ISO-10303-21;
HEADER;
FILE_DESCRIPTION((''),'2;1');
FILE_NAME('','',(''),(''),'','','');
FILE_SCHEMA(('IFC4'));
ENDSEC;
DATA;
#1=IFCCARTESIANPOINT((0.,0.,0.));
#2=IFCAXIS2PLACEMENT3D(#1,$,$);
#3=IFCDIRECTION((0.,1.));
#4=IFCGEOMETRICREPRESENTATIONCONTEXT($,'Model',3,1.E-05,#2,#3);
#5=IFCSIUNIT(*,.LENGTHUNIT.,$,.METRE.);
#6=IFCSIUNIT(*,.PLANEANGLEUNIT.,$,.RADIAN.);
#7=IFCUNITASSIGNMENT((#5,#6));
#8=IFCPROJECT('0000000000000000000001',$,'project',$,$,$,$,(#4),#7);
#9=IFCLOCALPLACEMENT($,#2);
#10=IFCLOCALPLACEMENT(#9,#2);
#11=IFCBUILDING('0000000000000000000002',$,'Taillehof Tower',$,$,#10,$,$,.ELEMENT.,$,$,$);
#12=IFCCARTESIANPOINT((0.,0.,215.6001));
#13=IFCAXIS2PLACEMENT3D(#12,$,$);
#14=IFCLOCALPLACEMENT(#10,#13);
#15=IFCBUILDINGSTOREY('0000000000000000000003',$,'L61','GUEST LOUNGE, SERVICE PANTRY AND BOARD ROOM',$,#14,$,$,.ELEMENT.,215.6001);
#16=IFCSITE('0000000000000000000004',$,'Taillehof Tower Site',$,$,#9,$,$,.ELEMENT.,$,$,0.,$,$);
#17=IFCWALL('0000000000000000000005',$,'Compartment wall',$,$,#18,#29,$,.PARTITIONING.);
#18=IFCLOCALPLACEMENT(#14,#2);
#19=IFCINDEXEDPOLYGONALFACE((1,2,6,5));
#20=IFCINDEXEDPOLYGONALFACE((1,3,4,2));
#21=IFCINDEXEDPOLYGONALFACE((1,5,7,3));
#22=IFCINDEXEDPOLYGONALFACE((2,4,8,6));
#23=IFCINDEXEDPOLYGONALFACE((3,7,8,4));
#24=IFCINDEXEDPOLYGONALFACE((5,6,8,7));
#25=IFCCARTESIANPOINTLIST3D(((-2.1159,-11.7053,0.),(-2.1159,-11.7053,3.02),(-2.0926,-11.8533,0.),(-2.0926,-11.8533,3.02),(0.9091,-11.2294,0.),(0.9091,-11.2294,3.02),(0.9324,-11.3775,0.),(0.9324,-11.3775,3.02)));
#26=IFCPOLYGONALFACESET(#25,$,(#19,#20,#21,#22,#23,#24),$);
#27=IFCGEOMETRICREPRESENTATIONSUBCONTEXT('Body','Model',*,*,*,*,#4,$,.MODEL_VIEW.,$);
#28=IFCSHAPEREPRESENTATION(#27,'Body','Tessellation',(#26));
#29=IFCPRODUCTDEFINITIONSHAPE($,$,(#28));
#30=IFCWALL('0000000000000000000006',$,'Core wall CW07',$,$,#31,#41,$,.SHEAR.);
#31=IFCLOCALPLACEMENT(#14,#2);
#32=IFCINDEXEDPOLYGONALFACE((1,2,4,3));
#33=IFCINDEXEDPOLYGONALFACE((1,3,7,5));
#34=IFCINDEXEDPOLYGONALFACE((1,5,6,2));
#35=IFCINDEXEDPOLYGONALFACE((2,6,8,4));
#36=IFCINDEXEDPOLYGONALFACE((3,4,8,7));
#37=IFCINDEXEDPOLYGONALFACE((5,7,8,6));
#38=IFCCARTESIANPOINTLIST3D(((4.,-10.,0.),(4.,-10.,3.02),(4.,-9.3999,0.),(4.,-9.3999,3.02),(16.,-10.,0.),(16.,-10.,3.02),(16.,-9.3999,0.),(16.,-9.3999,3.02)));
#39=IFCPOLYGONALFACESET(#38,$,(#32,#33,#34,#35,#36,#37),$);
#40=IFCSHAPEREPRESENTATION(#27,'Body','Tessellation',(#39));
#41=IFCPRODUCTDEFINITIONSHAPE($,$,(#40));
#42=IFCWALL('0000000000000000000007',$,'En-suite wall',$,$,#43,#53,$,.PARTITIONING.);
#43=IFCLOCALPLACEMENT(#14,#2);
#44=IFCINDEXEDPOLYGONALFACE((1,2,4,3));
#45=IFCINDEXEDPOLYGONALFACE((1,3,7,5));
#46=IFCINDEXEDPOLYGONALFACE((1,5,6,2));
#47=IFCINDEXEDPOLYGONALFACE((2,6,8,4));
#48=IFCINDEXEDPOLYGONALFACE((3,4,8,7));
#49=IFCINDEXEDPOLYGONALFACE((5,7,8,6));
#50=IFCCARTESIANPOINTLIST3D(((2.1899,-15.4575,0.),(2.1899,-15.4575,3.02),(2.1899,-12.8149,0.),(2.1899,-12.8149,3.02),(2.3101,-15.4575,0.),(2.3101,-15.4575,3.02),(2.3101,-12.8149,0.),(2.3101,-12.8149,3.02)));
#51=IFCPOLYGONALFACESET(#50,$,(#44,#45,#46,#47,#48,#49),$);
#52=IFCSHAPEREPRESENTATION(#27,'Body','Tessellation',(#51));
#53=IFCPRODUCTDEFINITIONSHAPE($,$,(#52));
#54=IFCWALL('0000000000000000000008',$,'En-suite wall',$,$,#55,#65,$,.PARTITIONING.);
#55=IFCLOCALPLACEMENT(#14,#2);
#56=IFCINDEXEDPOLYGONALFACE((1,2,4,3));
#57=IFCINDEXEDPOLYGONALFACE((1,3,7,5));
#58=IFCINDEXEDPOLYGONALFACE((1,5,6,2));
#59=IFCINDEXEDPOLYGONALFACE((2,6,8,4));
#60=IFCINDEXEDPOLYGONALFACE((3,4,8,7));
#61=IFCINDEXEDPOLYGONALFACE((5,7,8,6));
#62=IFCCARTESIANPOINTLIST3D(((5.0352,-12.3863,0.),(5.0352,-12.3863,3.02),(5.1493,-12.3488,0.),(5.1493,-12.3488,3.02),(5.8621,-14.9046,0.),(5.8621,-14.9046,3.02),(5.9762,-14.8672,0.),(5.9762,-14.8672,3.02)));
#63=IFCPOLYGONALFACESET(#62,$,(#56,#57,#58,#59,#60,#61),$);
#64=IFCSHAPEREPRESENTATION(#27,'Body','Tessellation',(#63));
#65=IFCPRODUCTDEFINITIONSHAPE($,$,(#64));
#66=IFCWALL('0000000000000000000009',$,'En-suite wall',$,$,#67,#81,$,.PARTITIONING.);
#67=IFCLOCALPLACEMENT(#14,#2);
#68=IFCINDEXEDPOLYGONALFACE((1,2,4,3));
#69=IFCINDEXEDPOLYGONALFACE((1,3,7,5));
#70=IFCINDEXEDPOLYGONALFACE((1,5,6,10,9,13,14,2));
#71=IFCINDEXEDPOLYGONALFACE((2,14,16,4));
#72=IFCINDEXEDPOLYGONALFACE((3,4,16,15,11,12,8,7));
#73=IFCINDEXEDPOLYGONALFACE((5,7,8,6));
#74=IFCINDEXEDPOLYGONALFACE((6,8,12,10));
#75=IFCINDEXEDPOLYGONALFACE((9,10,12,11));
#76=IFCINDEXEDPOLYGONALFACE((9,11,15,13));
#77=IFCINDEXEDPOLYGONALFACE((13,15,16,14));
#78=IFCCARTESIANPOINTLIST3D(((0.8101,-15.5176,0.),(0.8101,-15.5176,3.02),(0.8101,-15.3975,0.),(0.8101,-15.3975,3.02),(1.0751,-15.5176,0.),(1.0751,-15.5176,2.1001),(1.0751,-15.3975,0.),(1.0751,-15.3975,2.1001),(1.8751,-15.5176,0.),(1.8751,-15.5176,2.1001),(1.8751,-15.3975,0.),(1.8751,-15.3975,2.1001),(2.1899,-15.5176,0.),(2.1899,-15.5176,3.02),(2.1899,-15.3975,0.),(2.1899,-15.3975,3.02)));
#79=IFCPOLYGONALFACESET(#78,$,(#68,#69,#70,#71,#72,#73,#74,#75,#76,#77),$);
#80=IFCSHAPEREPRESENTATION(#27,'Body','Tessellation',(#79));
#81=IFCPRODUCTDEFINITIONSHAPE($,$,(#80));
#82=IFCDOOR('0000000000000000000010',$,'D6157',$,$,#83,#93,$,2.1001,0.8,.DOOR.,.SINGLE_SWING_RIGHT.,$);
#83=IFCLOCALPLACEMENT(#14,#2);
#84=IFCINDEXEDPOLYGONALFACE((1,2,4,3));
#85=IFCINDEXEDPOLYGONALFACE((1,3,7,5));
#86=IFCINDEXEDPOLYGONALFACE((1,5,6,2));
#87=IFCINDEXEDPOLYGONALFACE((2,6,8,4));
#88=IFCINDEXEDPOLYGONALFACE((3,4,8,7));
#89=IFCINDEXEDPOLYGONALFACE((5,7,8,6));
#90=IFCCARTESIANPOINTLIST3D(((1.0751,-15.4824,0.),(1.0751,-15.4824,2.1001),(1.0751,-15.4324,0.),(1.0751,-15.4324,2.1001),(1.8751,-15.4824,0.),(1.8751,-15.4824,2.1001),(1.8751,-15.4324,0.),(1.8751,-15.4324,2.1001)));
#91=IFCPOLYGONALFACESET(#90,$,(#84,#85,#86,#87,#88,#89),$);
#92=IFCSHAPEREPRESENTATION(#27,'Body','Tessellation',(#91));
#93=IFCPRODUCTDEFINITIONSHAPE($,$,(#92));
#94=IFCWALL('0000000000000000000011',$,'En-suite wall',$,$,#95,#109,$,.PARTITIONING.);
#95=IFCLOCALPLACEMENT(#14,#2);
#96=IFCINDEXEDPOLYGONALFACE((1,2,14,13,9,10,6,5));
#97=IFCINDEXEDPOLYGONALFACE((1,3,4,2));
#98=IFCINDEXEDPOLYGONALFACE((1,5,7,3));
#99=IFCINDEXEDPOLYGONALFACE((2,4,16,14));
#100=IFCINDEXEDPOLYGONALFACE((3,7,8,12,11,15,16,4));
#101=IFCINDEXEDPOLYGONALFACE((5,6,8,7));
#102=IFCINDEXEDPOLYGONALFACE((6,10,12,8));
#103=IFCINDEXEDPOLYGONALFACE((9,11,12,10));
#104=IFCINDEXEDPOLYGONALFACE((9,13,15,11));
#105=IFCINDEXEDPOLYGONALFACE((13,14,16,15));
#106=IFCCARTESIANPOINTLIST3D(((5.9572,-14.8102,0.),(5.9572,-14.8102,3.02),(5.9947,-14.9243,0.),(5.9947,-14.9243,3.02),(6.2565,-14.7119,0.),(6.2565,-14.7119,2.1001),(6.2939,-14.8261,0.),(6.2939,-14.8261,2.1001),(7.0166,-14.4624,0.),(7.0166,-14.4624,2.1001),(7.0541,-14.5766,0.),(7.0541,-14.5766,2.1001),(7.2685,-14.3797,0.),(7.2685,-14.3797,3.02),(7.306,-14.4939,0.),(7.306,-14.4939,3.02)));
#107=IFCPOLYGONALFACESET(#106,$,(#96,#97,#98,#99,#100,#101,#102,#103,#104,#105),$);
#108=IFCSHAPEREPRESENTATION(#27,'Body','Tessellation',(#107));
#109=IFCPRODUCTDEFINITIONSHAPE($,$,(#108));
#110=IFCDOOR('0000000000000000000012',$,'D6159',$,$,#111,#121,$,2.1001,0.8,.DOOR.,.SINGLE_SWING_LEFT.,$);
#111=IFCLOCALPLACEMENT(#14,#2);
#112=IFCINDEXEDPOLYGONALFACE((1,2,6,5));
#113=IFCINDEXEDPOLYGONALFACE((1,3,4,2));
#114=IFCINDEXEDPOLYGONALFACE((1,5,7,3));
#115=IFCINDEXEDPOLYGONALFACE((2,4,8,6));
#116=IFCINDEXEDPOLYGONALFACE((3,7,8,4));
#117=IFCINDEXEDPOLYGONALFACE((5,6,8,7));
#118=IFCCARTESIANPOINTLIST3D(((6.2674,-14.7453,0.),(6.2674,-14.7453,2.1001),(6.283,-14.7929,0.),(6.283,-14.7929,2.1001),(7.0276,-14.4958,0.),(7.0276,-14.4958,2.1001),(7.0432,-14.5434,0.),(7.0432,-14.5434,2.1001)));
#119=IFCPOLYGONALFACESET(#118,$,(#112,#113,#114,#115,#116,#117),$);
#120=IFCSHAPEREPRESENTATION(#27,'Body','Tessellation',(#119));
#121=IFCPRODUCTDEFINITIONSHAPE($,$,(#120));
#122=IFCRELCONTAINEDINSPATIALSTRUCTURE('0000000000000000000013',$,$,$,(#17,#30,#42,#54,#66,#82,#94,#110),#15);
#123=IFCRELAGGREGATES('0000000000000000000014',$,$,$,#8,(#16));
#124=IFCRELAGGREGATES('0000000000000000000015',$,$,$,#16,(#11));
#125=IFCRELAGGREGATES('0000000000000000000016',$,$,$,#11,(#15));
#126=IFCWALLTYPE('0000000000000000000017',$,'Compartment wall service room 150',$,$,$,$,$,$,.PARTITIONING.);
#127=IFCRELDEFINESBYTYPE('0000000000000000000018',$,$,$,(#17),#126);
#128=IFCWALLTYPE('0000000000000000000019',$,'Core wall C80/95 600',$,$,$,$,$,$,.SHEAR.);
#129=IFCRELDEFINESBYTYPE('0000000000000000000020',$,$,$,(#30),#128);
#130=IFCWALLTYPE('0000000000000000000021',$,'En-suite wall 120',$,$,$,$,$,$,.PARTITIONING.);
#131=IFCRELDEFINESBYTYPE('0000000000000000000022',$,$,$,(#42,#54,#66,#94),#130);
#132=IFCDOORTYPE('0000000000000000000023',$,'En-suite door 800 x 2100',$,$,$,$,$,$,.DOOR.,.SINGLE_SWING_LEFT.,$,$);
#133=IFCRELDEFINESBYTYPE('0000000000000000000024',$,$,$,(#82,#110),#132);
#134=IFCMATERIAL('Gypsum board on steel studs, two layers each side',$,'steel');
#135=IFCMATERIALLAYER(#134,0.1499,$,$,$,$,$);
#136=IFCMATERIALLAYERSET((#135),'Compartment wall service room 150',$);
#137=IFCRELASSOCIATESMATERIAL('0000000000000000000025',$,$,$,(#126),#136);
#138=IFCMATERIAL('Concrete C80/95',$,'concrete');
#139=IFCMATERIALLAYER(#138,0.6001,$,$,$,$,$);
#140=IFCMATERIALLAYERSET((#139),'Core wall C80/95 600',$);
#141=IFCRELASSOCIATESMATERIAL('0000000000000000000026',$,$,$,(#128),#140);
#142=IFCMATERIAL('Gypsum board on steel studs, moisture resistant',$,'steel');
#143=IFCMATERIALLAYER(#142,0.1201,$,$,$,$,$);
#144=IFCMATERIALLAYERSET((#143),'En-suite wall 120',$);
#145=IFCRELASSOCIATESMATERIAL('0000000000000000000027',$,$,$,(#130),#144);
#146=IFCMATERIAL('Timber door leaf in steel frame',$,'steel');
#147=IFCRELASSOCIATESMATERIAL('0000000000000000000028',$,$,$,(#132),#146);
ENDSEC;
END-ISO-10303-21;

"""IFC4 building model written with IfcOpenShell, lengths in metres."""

from ifc_helpers import new_model, si_unit, direction, frame, frame_2d, origin, place, context, subcontext, project, spatial, rectangle, extrude, material, layer, layer_set, type_object, element, fill, save


model = new_model("IFC4")

# Units and contexts
model_context = context("Model", 3, precision=1e-05, world=origin(), true_north=direction((0.0, 1.0)))
body_context = subcontext(model_context, "Body", "Model", "MODEL_VIEW")
ifc_project = project(units=[si_unit("LENGTHUNIT", "METRE"), si_unit("PLANEANGLEUNIT", "RADIAN")], contexts=[model_context])

# Site, building, storey
site_placement = place(None, origin())
site = spatial("IfcSite", under=ifc_project, at=site_placement, Name="Taillehof Tower Site", CompositionType="ELEMENT", RefElevation=0.0)
building_placement = place(site_placement, origin())
building = spatial("IfcBuilding", under=site, at=building_placement, Name="Taillehof Tower", CompositionType="ELEMENT")
storey_placement = place(building_placement, frame((0.0, 0.0, 215.6001)))
storey = spatial("IfcBuildingStorey", under=building, at=storey_placement, Name="L61", Description="GUEST LOUNGE, SERVICE PANTRY AND BOARD ROOM", CompositionType="ELEMENT", Elevation=215.6001)

# Walls
ifc_material_1 = material(Name="Gypsum board on steel studs, two layers each side", Category="steel")
ifc_layer_1 = layer(ifc_material_1, 0.1499)
ifc_layer_set_1 = layer_set([ifc_layer_1], Name="Compartment wall service room 150")
wall_type_1 = type_object("IfcWallType", Name="Compartment wall service room 150", PredefinedType="PARTITIONING", material=ifc_layer_set_1)
wall_1_placement = place(storey_placement, frame((0.9209, -11.3035, 0.0), z_axis=(0.0, 0.0, 1.0), x_axis=(-0.987855, -0.155381, 0.0)))
element("IfcWall", 1, at=wall_1_placement, inside=storey, type_object=wall_type_1, Name="Compartment wall", PredefinedType="PARTITIONING", context=body_context, shape_type="SweptSolid", body=[
    extrude(rectangle(XDim=3.0623, YDim=0.1499, at=frame_2d((1.5312, 0.0))), origin(), (0.0, 0.0, 1.0), 3.02),
])
ifc_material_2 = material(Name="Concrete C80/95", Category="concrete")
ifc_layer_2 = layer(ifc_material_2, 0.6001)
ifc_layer_set_2 = layer_set([ifc_layer_2], Name="Core wall C80/95 600")
wall_type_2 = type_object("IfcWallType", Name="Core wall C80/95 600", PredefinedType="SHEAR", material=ifc_layer_set_2)
wall_2_placement = place(storey_placement, frame((4.0, -9.7, 0.0), z_axis=(0.0, 0.0, 1.0), x_axis=(1.0, 0.0, 0.0)))
element("IfcWall", 2, at=wall_2_placement, inside=storey, type_object=wall_type_2, Name="Core wall CW07", PredefinedType="SHEAR", context=body_context, shape_type="SweptSolid", body=[
    extrude(rectangle(XDim=12.0, YDim=0.6001, at=frame_2d((6.0, 0.0))), origin(), (0.0, 0.0, 1.0), 3.02),
])
ifc_material_3 = material(Name="Gypsum board on steel studs, moisture resistant", Category="steel")
ifc_layer_3 = layer(ifc_material_3, 0.1201)
ifc_layer_set_3 = layer_set([ifc_layer_3], Name="En-suite wall 120")
wall_type_3 = type_object("IfcWallType", Name="En-suite wall 120", PredefinedType="PARTITIONING", material=ifc_layer_set_3)
wall_3_placement = place(storey_placement, frame((2.25, -12.8149, 0.0), z_axis=(0.0, 0.0, 1.0), x_axis=(0.0, -1.0, 0.0)))
element("IfcWall", 3, at=wall_3_placement, inside=storey, type_object=wall_type_3, Name="En-suite wall", PredefinedType="PARTITIONING", context=body_context, shape_type="SweptSolid", body=[
    extrude(rectangle(XDim=2.6426, YDim=0.1201, at=frame_2d((1.3213, 0.0))), origin(), (0.0, 0.0, 1.0), 3.02),
])
wall_4_placement = place(storey_placement, frame((5.0923, -12.3677, 0.0), z_axis=(0.0, 0.0, 1.0), x_axis=(0.311969, -0.950092, 0.0)))
element("IfcWall", 4, at=wall_4_placement, inside=storey, type_object=wall_type_3, Name="En-suite wall", PredefinedType="PARTITIONING", context=body_context, shape_type="SweptSolid", body=[
    extrude(rectangle(XDim=2.6506, YDim=0.1201, at=frame_2d((1.3252, 0.0))), origin(), (0.0, 0.0, 1.0), 3.02),
])

# Walls, openings, doors
wall_5_placement = place(storey_placement, frame((2.1899, -15.4575, 0.0), z_axis=(0.0, 0.0, 1.0), x_axis=(-1.0, 0.0, 0.0)))
wall_5 = element("IfcWall", 5, at=wall_5_placement, inside=storey, type_object=wall_type_3, Name="En-suite wall", PredefinedType="PARTITIONING", context=body_context, shape_type="SweptSolid", body=[
    extrude(rectangle(XDim=1.3799, YDim=0.1201, at=frame_2d((0.6899, 0.0))), origin(), (0.0, 0.0, 1.0), 3.02),
])
opening_1_placement = place(wall_5_placement, frame((0.3149, 0.0, 0.0)))
opening_1 = element("IfcOpeningElement", 6, at=opening_1_placement, cuts=wall_5, PredefinedType="OPENING", context=body_context, shape_type="SweptSolid", body=[
    extrude(rectangle(XDim=0.8, YDim=2.1001, at=frame_2d((0.3999, 1.05))), frame((0.0, 0.0701, 0.0), z_axis=(0.0, -1.0, 0.0), x_axis=(1.0, 0.0, 0.0)), (0.0, 0.0, 1.0), 0.1401),
])
ifc_material_4 = material(Name="Timber door leaf in steel frame", Category="steel")
door_type_1 = type_object("IfcDoorType", Name="En-suite door 800 x 2100", OperationType="SINGLE_SWING_LEFT", PredefinedType="DOOR", material=ifc_material_4)
door_1_placement = place(opening_1_placement, origin())
door_1 = element("IfcDoor", 7, at=door_1_placement, inside=storey, type_object=door_type_1, Name="D6157", OperationType="SINGLE_SWING_RIGHT", OverallHeight=2.1001, OverallWidth=0.8, PredefinedType="DOOR", context=body_context, shape_type="SweptSolid", body=[
    extrude(rectangle(XDim=0.8, YDim=2.1001, at=frame_2d((0.3999, 1.05))), frame((0.0, 0.0249, 0.0), z_axis=(0.0, -1.0, 0.0), x_axis=(1.0, 0.0, 0.0)), (0.0, 0.0, 1.0), 0.05),
])
fill(opening_1, door_1)
wall_6_placement = place(storey_placement, frame((5.9761, -14.8672, 0.0), z_axis=(0.0, 0.0, 1.0), x_axis=(0.950124, 0.311873, 0.0)))
wall_6 = element("IfcWall", 8, at=wall_6_placement, inside=storey, type_object=wall_type_3, Name="En-suite wall", PredefinedType="PARTITIONING", context=body_context, shape_type="SweptSolid", body=[
    extrude(rectangle(XDim=1.3801, YDim=0.1201, at=frame_2d((0.6899, 0.0))), origin(), (0.0, 0.0, 1.0), 3.02),
])
opening_2_placement = place(wall_6_placement, frame((0.3149, 0.0, 0.0)))
opening_2 = element("IfcOpeningElement", 9, at=opening_2_placement, cuts=wall_6, PredefinedType="OPENING", context=body_context, shape_type="SweptSolid", body=[
    extrude(rectangle(XDim=0.8, YDim=2.1001, at=frame_2d((0.3999, 1.05))), frame((0.0, 0.0701, 0.0), z_axis=(0.0, -1.0, 0.0), x_axis=(1.0, 0.0, 0.0)), (0.0, 0.0, 1.0), 0.1401),
])
door_2_placement = place(opening_2_placement, origin())
door_2 = element("IfcDoor", 10, at=door_2_placement, inside=storey, type_object=door_type_1, Name="D6159", OperationType="SINGLE_SWING_LEFT", OverallHeight=2.1001, OverallWidth=0.8, PredefinedType="DOOR", context=body_context, shape_type="SweptSolid", body=[
    extrude(rectangle(XDim=0.8, YDim=2.1001, at=frame_2d((0.3999, 1.05))), frame((0.0, 0.0249, 0.0), z_axis=(0.0, -1.0, 0.0), x_axis=(1.0, 0.0, 0.0)), (0.0, 0.0, 1.0), 0.05),
])
fill(opening_2, door_2)

save(model, "model.ifc")
